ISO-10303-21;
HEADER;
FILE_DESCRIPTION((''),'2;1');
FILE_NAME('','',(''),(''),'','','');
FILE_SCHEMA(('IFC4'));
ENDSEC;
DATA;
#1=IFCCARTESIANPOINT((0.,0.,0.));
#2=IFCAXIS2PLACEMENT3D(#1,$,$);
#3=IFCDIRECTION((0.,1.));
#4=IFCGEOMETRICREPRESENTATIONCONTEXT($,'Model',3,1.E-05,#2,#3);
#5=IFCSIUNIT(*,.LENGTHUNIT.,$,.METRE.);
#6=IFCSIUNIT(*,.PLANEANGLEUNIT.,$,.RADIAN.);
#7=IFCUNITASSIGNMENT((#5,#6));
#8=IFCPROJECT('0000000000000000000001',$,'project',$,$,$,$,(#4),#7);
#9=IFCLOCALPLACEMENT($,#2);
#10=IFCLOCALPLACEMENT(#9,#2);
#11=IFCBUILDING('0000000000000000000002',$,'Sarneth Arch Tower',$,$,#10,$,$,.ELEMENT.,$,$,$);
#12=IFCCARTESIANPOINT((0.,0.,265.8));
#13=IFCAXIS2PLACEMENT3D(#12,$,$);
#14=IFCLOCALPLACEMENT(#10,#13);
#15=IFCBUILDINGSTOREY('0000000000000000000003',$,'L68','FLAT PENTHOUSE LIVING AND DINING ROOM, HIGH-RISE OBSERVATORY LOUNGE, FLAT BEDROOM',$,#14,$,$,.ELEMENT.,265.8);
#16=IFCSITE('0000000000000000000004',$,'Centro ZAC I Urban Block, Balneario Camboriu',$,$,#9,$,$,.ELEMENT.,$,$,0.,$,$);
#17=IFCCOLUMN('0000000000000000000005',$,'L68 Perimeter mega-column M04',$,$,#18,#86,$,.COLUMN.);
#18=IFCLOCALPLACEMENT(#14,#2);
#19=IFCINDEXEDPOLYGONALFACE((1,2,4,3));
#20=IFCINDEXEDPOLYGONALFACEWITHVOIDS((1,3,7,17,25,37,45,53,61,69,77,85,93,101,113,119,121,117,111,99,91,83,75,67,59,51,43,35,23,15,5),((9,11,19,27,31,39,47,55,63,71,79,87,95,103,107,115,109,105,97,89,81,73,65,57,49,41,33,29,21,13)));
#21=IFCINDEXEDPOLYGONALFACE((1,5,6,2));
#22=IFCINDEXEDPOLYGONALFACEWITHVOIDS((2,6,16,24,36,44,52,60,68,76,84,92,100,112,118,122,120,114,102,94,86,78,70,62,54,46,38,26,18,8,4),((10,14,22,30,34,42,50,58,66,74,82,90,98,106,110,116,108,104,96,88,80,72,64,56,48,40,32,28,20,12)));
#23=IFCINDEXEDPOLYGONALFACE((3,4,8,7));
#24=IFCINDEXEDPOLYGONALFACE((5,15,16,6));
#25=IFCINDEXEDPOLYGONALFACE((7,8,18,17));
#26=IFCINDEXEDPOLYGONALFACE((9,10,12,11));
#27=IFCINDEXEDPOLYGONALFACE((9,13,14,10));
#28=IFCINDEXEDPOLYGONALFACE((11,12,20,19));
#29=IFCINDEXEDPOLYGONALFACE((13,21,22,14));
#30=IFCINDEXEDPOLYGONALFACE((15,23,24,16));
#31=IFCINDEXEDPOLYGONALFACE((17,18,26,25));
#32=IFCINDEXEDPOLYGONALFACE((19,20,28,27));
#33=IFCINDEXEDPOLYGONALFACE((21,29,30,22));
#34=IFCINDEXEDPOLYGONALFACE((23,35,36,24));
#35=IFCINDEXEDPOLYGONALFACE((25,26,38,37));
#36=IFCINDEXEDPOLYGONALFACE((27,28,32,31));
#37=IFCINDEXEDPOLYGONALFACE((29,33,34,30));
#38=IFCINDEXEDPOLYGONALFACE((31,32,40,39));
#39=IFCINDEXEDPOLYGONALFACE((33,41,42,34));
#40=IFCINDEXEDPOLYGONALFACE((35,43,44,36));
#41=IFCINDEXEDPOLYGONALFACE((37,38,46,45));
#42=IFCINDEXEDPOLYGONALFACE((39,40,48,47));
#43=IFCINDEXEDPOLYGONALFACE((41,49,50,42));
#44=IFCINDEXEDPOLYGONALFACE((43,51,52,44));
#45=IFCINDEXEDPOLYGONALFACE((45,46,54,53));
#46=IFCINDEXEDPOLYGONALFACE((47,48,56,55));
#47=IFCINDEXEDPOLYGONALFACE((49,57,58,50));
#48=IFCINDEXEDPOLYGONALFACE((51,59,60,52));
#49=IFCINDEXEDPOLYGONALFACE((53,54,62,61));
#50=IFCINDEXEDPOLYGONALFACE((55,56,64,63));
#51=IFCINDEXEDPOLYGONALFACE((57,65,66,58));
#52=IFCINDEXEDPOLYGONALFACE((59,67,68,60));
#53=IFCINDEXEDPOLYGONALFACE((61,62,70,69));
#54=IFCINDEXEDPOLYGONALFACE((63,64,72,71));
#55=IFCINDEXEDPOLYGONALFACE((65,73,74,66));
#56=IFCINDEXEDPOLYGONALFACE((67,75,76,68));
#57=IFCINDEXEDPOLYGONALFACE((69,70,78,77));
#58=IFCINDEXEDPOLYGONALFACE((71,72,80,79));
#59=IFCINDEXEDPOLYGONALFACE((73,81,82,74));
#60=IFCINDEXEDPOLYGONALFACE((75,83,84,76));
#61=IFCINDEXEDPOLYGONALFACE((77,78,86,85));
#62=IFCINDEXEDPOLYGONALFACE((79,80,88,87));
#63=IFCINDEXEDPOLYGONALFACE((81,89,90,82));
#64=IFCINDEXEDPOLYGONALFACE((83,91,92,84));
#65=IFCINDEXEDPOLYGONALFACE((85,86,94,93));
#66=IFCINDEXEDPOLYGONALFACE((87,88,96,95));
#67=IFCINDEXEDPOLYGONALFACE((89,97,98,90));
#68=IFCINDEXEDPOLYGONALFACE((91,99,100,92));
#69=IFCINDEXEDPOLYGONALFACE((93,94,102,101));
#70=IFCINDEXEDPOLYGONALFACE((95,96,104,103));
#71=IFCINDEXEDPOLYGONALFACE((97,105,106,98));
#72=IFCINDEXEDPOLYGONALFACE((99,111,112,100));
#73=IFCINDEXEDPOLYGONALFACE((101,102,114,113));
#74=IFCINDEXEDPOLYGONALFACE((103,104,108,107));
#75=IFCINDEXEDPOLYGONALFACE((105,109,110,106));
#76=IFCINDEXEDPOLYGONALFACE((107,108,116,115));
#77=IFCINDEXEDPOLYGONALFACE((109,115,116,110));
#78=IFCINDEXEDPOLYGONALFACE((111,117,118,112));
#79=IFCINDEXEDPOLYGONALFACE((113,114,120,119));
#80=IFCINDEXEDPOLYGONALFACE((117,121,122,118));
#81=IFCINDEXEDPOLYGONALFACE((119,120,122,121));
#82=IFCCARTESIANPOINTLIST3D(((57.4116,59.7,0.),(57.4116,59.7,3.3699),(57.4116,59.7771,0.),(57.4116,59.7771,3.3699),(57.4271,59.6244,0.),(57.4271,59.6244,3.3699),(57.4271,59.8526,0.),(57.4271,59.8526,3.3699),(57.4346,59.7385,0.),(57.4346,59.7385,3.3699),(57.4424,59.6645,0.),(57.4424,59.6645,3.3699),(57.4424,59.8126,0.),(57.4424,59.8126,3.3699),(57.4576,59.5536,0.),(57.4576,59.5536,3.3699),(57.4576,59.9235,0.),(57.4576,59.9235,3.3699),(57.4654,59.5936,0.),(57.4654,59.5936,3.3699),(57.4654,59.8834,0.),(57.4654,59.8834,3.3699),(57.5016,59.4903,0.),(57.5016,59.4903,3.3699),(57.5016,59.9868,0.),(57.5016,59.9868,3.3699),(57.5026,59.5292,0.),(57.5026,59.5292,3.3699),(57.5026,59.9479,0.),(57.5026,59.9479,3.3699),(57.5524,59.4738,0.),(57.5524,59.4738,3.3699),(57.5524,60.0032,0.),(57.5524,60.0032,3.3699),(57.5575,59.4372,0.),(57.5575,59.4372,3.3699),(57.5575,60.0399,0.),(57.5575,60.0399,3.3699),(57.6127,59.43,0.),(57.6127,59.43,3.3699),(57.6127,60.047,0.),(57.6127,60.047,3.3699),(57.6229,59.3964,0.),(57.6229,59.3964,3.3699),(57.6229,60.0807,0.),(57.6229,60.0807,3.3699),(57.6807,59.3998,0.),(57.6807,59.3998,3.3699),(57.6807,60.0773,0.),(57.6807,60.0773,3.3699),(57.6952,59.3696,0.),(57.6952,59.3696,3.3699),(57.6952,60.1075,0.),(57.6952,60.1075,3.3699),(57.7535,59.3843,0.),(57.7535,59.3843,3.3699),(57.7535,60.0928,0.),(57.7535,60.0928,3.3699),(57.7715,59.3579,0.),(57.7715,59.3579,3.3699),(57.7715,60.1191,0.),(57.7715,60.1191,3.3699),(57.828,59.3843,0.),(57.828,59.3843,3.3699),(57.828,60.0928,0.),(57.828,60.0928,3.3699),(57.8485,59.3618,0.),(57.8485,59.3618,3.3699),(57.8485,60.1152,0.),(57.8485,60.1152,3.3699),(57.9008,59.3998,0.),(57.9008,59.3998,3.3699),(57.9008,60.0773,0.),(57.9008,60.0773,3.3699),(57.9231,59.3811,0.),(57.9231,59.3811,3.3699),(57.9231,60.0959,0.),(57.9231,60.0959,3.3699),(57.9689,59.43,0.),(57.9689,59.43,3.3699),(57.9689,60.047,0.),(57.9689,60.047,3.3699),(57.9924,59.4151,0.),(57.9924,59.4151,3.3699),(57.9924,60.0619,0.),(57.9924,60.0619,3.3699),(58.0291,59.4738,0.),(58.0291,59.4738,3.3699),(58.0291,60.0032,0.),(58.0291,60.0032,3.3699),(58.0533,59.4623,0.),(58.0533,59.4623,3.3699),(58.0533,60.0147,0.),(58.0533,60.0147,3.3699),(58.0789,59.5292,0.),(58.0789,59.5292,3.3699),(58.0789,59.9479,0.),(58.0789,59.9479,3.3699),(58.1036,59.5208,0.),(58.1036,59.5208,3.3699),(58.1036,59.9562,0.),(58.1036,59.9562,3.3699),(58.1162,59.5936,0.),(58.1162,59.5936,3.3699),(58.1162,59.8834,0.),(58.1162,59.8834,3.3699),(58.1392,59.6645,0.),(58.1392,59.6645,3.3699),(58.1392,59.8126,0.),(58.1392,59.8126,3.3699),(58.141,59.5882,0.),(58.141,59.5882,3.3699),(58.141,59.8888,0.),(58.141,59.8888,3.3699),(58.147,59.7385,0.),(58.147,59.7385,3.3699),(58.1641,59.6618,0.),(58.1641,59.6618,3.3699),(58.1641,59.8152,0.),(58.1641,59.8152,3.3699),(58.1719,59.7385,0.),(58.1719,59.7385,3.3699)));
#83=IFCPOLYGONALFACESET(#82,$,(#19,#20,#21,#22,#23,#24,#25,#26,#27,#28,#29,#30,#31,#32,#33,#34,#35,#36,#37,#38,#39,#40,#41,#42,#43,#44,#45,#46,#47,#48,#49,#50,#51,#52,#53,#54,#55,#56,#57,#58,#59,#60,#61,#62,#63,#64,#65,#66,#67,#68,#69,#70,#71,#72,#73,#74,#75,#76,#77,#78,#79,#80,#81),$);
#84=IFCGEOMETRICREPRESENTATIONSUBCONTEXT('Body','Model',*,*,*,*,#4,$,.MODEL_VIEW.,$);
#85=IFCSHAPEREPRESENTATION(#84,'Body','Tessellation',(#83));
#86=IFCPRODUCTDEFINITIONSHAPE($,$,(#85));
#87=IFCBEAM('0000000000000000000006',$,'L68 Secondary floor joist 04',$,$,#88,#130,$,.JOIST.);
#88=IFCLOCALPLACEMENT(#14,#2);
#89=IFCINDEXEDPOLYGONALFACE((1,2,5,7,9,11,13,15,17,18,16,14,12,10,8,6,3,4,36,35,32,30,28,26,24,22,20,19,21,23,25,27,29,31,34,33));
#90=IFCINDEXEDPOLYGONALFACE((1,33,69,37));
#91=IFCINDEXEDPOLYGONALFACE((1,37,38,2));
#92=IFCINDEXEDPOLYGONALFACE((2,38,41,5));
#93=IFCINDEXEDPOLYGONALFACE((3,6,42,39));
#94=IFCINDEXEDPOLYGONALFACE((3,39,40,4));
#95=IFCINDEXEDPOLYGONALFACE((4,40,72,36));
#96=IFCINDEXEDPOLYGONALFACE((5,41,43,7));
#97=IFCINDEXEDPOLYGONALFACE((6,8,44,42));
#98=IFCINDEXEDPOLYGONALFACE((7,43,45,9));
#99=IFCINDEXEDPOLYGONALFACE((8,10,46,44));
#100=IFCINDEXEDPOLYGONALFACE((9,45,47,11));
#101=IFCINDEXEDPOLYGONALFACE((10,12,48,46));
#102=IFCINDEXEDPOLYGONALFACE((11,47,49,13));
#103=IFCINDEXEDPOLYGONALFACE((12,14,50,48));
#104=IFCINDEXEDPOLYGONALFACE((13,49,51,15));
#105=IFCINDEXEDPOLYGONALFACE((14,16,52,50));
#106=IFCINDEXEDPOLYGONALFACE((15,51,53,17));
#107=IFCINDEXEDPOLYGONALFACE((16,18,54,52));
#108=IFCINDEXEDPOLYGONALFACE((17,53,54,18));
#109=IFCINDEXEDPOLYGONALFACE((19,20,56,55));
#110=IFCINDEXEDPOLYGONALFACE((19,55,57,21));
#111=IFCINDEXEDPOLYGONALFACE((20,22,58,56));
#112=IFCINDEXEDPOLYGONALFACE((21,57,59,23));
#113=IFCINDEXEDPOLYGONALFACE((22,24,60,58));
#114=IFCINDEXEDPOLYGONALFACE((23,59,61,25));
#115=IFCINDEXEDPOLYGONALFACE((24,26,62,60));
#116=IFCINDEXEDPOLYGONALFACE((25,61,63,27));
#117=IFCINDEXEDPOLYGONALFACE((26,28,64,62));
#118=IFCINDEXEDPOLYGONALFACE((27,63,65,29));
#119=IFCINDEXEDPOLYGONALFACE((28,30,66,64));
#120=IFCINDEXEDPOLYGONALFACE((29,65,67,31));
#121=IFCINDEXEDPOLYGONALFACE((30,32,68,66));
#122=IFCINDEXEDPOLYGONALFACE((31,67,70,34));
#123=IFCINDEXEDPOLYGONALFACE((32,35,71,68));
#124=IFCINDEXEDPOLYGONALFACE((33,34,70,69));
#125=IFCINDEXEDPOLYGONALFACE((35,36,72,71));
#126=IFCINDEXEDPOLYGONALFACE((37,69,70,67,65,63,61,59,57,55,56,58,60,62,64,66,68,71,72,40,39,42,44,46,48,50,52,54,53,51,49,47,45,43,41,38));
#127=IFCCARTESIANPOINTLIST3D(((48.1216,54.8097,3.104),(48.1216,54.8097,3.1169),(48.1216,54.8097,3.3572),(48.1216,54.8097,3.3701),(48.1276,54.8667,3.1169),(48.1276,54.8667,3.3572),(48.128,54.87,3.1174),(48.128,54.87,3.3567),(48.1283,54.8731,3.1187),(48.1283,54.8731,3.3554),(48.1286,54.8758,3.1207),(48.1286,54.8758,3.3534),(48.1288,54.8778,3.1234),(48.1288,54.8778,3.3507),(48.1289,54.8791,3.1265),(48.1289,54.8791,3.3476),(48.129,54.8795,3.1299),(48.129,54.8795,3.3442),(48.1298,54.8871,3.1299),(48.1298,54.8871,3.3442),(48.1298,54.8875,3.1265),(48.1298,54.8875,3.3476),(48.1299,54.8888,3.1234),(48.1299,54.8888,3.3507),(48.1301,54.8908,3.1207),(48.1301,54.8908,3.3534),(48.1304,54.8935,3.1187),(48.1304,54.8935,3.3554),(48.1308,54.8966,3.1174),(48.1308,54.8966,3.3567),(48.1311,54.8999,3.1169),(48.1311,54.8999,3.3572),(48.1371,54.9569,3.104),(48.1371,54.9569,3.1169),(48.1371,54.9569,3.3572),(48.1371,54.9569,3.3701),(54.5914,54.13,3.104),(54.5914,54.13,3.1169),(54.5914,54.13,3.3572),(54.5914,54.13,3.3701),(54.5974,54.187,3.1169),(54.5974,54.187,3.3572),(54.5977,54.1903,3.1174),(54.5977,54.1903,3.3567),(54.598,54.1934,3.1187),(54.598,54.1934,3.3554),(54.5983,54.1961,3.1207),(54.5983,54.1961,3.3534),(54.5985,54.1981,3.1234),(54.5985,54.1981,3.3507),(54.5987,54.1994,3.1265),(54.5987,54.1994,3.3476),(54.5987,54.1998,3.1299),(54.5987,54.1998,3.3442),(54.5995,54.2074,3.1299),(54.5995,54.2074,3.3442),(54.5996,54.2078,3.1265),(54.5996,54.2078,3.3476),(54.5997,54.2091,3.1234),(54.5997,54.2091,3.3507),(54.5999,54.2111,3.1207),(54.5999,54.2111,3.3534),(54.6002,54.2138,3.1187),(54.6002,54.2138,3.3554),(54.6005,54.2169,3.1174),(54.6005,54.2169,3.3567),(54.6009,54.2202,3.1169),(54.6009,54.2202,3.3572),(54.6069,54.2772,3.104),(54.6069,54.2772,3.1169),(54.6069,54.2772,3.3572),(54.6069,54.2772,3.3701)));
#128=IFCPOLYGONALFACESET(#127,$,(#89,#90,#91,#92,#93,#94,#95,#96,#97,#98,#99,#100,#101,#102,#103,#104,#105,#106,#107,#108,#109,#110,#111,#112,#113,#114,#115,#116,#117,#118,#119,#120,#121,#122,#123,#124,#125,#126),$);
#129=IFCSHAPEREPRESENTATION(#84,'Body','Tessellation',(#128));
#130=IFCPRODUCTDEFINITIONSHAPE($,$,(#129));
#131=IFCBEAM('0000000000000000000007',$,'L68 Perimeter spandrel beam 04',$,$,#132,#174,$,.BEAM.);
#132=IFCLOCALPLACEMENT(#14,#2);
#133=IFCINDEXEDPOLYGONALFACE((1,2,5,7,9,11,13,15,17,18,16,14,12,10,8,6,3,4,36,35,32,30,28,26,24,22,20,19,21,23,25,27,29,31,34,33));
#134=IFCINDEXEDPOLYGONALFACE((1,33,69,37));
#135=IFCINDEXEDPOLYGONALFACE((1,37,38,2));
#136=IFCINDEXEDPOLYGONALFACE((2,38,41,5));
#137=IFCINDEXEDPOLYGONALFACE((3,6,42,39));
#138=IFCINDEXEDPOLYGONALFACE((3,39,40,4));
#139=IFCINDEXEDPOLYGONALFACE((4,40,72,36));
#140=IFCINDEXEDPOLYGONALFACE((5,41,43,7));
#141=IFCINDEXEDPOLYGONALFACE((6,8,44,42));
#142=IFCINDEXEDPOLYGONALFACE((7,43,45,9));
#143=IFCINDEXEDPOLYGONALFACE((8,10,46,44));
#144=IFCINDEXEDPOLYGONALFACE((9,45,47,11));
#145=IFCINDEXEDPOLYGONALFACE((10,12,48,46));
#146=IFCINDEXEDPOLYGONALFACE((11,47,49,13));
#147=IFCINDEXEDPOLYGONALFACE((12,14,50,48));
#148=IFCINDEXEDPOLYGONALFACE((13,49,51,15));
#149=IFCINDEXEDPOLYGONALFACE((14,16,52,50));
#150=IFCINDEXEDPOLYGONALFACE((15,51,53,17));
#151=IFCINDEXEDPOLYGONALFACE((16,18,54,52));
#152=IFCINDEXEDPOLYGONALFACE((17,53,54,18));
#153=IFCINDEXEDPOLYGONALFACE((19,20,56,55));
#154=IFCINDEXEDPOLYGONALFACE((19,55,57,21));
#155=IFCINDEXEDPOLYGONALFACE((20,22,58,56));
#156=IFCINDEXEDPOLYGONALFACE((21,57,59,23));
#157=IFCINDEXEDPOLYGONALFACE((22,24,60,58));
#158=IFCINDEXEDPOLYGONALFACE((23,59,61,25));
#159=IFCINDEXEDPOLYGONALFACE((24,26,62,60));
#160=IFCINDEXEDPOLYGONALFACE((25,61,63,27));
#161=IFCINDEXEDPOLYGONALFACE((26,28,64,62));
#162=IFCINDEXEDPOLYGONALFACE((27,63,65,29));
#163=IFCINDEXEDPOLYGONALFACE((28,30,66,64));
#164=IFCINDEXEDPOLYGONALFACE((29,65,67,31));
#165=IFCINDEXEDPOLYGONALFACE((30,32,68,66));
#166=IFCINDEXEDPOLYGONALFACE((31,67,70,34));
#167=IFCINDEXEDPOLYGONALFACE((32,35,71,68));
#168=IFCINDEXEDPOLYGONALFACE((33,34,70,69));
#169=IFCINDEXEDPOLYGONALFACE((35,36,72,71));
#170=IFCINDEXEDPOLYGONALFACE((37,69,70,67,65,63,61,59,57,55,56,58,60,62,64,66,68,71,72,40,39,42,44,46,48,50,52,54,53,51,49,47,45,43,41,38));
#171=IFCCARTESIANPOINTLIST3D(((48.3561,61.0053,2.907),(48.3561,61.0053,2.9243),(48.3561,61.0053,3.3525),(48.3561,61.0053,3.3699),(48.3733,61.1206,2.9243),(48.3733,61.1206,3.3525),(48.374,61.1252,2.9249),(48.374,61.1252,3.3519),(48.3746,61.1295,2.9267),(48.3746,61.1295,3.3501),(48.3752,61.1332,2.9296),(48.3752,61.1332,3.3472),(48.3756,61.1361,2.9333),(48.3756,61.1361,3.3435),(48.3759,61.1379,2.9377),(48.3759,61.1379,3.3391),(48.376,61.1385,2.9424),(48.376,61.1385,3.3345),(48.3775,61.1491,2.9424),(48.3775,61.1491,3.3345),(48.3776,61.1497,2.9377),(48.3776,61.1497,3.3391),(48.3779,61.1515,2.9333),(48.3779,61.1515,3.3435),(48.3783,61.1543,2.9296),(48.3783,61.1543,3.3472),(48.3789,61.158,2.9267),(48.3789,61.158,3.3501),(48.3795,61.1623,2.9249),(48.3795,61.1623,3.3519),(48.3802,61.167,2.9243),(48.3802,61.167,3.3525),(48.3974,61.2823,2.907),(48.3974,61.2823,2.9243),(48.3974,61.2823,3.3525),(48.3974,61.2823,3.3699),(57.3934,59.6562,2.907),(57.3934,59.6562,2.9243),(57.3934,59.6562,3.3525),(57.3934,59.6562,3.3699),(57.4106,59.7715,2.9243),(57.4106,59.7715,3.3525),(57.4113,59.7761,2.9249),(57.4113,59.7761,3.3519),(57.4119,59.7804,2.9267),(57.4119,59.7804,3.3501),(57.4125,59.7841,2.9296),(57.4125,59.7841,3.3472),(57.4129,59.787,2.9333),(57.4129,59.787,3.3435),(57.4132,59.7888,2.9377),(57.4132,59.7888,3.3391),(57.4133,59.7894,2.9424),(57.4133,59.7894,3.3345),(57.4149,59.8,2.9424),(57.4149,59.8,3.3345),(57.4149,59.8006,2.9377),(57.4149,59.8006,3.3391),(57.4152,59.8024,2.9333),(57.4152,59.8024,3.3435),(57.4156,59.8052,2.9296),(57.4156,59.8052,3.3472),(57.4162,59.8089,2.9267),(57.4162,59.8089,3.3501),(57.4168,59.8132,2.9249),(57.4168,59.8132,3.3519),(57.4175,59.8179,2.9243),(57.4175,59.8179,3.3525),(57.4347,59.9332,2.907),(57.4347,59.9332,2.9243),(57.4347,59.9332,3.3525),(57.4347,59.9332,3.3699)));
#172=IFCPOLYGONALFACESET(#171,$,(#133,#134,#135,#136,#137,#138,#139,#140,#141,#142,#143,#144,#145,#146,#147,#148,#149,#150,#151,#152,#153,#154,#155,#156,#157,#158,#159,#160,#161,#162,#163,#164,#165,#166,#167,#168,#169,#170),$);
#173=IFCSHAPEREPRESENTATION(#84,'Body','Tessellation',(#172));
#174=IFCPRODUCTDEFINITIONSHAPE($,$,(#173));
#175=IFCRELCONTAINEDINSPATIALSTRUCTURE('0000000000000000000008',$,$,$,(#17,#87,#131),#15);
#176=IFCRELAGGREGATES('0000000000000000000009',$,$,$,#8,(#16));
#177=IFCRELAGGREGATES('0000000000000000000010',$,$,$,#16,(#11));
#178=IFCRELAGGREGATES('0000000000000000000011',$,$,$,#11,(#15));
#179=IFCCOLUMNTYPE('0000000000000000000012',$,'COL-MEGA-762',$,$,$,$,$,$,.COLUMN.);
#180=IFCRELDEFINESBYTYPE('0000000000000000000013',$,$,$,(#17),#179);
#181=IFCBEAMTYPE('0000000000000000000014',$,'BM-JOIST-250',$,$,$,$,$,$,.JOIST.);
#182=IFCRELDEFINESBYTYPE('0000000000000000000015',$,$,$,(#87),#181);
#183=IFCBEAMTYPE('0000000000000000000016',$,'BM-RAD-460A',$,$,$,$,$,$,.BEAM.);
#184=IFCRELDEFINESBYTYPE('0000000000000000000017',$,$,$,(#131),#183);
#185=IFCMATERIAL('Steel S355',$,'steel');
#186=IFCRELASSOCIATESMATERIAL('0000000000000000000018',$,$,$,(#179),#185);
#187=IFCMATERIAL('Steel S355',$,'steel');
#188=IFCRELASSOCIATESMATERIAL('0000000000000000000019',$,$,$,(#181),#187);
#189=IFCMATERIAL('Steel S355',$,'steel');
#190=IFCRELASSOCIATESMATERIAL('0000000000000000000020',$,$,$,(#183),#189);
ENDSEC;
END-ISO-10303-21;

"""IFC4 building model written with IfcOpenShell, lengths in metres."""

from ifc_helpers import new_model, si_unit, direction, frame, origin, origin_2d, place, context, subcontext, project, spatial, hollow_circle, i_section, extrude, material, material_profile, profile_set, type_object, element, save


model = new_model("IFC4")

# Units and contexts
model_context = context("Model", 3, precision=1e-05, world=origin(), true_north=direction((0.0, 1.0)))
body_context = subcontext(model_context, "Body", "Model", "MODEL_VIEW")
ifc_project = project(units=[si_unit("LENGTHUNIT", "METRE"), si_unit("PLANEANGLEUNIT", "RADIAN")], contexts=[model_context])

# Site, building, storey
site_placement = place(None, origin())
site = spatial("IfcSite", under=ifc_project, at=site_placement, Name="Centro ZAC I Urban Block, Balneario Camboriu", CompositionType="ELEMENT", RefElevation=0.0)
building_placement = place(site_placement, origin())
building = spatial("IfcBuilding", under=site, at=building_placement, Name="Sarneth Arch Tower", CompositionType="ELEMENT")
storey_placement = place(building_placement, frame((0.0, 0.0, 265.8)))
storey = spatial("IfcBuildingStorey", under=building, at=storey_placement, Name="L68", Description="FLAT PENTHOUSE LIVING AND DINING ROOM, HIGH-RISE OBSERVATORY LOUNGE, FLAT BEDROOM", CompositionType="ELEMENT", Elevation=265.8)

# Column
ifc_material_1 = material(Name="Steel S355", Category="steel")
ifc_material_profile_1 = material_profile(ifc_material_1, hollow_circle(Radius=0.3811, WallThickness=0.0249, at=origin_2d()), Name="CHS762x25")
ifc_profile_set_1 = profile_set([ifc_material_profile_1], Name="Steel S355")
column_type = type_object("IfcColumnType", Name="COL-MEGA-762", PredefinedType="COLUMN", material=ifc_profile_set_1)
column_placement = place(storey_placement, frame((57.7908, 59.7385, 0.0), z_axis=(0.0, 0.0, 1.0), x_axis=(1.0, 0.0, 0.0)))
element("IfcColumn", 1, at=column_placement, inside=storey, type_object=column_type, Name="L68 Perimeter mega-column M04", PredefinedType="COLUMN", context=body_context, shape_type="SweptSolid", body=[
    extrude(hollow_circle(Radius=0.3811, WallThickness=0.0249, at=origin_2d()), origin(), (0.0, 0.0, 1.0), 3.3699),
])

# Beams
ifc_material_2 = material(Name="Steel S355", Category="steel")
ifc_material_profile_2 = material_profile(ifc_material_2, i_section(OverallWidth=0.1479, OverallDepth=0.2661, WebThickness=0.0076, FlangeThickness=0.0129, FilletRadius=0.0129, at=origin_2d()), Name="W250x44.8")
ifc_profile_set_2 = profile_set([ifc_material_profile_2], Name="Steel S355")
beam_type_1 = type_object("IfcBeamType", Name="BM-JOIST-250", PredefinedType="JOIST", material=ifc_profile_set_2)
beam_1_placement = place(storey_placement, frame((54.5991, 54.2036, 3.2371), z_axis=(-0.994527, 0.104482, 0.0), x_axis=(-0.104482, -0.994527, 0.0)))
element("IfcBeam", 2, at=beam_1_placement, inside=storey, type_object=beam_type_1, Name="L68 Secondary floor joist 04", PredefinedType="JOIST", context=body_context, shape_type="SweptSolid", body=[
    extrude(i_section(OverallWidth=0.1479, OverallDepth=0.2661, WebThickness=0.0076, FlangeThickness=0.0129, FilletRadius=0.0129, at=origin_2d()), origin(), (0.0, 0.0, 1.0), 6.5054),
])
ifc_material_3 = material(Name="Steel S355", Category="steel")
ifc_material_profile_3 = material_profile(ifc_material_3, i_section(OverallWidth=0.28, OverallDepth=0.4629, WebThickness=0.0107, FlangeThickness=0.0173, FilletRadius=0.0181, at=origin_2d()), Name="W460x113")
ifc_profile_set_3 = profile_set([ifc_material_profile_3], Name="Steel S355")
beam_type_2 = type_object("IfcBeamType", Name="BM-RAD-460A", PredefinedType="BEAM", material=ifc_profile_set_3)
beam_2_placement = place(storey_placement, frame((57.4141, 59.7947, 3.1384), z_axis=(-0.98904, 0.147647, 0.0), x_axis=(-0.147647, -0.98904, 0.0)))
element("IfcBeam", 3, at=beam_2_placement, inside=storey, type_object=beam_type_2, Name="L68 Perimeter spandrel beam 04", PredefinedType="BEAM", context=body_context, shape_type="SweptSolid", body=[
    extrude(i_section(OverallWidth=0.28, OverallDepth=0.4629, WebThickness=0.0107, FlangeThickness=0.0173, FilletRadius=0.0181, at=origin_2d()), origin(), (0.0, 0.0, 1.0), 9.1375),
])

save(model, "model.ifc")
